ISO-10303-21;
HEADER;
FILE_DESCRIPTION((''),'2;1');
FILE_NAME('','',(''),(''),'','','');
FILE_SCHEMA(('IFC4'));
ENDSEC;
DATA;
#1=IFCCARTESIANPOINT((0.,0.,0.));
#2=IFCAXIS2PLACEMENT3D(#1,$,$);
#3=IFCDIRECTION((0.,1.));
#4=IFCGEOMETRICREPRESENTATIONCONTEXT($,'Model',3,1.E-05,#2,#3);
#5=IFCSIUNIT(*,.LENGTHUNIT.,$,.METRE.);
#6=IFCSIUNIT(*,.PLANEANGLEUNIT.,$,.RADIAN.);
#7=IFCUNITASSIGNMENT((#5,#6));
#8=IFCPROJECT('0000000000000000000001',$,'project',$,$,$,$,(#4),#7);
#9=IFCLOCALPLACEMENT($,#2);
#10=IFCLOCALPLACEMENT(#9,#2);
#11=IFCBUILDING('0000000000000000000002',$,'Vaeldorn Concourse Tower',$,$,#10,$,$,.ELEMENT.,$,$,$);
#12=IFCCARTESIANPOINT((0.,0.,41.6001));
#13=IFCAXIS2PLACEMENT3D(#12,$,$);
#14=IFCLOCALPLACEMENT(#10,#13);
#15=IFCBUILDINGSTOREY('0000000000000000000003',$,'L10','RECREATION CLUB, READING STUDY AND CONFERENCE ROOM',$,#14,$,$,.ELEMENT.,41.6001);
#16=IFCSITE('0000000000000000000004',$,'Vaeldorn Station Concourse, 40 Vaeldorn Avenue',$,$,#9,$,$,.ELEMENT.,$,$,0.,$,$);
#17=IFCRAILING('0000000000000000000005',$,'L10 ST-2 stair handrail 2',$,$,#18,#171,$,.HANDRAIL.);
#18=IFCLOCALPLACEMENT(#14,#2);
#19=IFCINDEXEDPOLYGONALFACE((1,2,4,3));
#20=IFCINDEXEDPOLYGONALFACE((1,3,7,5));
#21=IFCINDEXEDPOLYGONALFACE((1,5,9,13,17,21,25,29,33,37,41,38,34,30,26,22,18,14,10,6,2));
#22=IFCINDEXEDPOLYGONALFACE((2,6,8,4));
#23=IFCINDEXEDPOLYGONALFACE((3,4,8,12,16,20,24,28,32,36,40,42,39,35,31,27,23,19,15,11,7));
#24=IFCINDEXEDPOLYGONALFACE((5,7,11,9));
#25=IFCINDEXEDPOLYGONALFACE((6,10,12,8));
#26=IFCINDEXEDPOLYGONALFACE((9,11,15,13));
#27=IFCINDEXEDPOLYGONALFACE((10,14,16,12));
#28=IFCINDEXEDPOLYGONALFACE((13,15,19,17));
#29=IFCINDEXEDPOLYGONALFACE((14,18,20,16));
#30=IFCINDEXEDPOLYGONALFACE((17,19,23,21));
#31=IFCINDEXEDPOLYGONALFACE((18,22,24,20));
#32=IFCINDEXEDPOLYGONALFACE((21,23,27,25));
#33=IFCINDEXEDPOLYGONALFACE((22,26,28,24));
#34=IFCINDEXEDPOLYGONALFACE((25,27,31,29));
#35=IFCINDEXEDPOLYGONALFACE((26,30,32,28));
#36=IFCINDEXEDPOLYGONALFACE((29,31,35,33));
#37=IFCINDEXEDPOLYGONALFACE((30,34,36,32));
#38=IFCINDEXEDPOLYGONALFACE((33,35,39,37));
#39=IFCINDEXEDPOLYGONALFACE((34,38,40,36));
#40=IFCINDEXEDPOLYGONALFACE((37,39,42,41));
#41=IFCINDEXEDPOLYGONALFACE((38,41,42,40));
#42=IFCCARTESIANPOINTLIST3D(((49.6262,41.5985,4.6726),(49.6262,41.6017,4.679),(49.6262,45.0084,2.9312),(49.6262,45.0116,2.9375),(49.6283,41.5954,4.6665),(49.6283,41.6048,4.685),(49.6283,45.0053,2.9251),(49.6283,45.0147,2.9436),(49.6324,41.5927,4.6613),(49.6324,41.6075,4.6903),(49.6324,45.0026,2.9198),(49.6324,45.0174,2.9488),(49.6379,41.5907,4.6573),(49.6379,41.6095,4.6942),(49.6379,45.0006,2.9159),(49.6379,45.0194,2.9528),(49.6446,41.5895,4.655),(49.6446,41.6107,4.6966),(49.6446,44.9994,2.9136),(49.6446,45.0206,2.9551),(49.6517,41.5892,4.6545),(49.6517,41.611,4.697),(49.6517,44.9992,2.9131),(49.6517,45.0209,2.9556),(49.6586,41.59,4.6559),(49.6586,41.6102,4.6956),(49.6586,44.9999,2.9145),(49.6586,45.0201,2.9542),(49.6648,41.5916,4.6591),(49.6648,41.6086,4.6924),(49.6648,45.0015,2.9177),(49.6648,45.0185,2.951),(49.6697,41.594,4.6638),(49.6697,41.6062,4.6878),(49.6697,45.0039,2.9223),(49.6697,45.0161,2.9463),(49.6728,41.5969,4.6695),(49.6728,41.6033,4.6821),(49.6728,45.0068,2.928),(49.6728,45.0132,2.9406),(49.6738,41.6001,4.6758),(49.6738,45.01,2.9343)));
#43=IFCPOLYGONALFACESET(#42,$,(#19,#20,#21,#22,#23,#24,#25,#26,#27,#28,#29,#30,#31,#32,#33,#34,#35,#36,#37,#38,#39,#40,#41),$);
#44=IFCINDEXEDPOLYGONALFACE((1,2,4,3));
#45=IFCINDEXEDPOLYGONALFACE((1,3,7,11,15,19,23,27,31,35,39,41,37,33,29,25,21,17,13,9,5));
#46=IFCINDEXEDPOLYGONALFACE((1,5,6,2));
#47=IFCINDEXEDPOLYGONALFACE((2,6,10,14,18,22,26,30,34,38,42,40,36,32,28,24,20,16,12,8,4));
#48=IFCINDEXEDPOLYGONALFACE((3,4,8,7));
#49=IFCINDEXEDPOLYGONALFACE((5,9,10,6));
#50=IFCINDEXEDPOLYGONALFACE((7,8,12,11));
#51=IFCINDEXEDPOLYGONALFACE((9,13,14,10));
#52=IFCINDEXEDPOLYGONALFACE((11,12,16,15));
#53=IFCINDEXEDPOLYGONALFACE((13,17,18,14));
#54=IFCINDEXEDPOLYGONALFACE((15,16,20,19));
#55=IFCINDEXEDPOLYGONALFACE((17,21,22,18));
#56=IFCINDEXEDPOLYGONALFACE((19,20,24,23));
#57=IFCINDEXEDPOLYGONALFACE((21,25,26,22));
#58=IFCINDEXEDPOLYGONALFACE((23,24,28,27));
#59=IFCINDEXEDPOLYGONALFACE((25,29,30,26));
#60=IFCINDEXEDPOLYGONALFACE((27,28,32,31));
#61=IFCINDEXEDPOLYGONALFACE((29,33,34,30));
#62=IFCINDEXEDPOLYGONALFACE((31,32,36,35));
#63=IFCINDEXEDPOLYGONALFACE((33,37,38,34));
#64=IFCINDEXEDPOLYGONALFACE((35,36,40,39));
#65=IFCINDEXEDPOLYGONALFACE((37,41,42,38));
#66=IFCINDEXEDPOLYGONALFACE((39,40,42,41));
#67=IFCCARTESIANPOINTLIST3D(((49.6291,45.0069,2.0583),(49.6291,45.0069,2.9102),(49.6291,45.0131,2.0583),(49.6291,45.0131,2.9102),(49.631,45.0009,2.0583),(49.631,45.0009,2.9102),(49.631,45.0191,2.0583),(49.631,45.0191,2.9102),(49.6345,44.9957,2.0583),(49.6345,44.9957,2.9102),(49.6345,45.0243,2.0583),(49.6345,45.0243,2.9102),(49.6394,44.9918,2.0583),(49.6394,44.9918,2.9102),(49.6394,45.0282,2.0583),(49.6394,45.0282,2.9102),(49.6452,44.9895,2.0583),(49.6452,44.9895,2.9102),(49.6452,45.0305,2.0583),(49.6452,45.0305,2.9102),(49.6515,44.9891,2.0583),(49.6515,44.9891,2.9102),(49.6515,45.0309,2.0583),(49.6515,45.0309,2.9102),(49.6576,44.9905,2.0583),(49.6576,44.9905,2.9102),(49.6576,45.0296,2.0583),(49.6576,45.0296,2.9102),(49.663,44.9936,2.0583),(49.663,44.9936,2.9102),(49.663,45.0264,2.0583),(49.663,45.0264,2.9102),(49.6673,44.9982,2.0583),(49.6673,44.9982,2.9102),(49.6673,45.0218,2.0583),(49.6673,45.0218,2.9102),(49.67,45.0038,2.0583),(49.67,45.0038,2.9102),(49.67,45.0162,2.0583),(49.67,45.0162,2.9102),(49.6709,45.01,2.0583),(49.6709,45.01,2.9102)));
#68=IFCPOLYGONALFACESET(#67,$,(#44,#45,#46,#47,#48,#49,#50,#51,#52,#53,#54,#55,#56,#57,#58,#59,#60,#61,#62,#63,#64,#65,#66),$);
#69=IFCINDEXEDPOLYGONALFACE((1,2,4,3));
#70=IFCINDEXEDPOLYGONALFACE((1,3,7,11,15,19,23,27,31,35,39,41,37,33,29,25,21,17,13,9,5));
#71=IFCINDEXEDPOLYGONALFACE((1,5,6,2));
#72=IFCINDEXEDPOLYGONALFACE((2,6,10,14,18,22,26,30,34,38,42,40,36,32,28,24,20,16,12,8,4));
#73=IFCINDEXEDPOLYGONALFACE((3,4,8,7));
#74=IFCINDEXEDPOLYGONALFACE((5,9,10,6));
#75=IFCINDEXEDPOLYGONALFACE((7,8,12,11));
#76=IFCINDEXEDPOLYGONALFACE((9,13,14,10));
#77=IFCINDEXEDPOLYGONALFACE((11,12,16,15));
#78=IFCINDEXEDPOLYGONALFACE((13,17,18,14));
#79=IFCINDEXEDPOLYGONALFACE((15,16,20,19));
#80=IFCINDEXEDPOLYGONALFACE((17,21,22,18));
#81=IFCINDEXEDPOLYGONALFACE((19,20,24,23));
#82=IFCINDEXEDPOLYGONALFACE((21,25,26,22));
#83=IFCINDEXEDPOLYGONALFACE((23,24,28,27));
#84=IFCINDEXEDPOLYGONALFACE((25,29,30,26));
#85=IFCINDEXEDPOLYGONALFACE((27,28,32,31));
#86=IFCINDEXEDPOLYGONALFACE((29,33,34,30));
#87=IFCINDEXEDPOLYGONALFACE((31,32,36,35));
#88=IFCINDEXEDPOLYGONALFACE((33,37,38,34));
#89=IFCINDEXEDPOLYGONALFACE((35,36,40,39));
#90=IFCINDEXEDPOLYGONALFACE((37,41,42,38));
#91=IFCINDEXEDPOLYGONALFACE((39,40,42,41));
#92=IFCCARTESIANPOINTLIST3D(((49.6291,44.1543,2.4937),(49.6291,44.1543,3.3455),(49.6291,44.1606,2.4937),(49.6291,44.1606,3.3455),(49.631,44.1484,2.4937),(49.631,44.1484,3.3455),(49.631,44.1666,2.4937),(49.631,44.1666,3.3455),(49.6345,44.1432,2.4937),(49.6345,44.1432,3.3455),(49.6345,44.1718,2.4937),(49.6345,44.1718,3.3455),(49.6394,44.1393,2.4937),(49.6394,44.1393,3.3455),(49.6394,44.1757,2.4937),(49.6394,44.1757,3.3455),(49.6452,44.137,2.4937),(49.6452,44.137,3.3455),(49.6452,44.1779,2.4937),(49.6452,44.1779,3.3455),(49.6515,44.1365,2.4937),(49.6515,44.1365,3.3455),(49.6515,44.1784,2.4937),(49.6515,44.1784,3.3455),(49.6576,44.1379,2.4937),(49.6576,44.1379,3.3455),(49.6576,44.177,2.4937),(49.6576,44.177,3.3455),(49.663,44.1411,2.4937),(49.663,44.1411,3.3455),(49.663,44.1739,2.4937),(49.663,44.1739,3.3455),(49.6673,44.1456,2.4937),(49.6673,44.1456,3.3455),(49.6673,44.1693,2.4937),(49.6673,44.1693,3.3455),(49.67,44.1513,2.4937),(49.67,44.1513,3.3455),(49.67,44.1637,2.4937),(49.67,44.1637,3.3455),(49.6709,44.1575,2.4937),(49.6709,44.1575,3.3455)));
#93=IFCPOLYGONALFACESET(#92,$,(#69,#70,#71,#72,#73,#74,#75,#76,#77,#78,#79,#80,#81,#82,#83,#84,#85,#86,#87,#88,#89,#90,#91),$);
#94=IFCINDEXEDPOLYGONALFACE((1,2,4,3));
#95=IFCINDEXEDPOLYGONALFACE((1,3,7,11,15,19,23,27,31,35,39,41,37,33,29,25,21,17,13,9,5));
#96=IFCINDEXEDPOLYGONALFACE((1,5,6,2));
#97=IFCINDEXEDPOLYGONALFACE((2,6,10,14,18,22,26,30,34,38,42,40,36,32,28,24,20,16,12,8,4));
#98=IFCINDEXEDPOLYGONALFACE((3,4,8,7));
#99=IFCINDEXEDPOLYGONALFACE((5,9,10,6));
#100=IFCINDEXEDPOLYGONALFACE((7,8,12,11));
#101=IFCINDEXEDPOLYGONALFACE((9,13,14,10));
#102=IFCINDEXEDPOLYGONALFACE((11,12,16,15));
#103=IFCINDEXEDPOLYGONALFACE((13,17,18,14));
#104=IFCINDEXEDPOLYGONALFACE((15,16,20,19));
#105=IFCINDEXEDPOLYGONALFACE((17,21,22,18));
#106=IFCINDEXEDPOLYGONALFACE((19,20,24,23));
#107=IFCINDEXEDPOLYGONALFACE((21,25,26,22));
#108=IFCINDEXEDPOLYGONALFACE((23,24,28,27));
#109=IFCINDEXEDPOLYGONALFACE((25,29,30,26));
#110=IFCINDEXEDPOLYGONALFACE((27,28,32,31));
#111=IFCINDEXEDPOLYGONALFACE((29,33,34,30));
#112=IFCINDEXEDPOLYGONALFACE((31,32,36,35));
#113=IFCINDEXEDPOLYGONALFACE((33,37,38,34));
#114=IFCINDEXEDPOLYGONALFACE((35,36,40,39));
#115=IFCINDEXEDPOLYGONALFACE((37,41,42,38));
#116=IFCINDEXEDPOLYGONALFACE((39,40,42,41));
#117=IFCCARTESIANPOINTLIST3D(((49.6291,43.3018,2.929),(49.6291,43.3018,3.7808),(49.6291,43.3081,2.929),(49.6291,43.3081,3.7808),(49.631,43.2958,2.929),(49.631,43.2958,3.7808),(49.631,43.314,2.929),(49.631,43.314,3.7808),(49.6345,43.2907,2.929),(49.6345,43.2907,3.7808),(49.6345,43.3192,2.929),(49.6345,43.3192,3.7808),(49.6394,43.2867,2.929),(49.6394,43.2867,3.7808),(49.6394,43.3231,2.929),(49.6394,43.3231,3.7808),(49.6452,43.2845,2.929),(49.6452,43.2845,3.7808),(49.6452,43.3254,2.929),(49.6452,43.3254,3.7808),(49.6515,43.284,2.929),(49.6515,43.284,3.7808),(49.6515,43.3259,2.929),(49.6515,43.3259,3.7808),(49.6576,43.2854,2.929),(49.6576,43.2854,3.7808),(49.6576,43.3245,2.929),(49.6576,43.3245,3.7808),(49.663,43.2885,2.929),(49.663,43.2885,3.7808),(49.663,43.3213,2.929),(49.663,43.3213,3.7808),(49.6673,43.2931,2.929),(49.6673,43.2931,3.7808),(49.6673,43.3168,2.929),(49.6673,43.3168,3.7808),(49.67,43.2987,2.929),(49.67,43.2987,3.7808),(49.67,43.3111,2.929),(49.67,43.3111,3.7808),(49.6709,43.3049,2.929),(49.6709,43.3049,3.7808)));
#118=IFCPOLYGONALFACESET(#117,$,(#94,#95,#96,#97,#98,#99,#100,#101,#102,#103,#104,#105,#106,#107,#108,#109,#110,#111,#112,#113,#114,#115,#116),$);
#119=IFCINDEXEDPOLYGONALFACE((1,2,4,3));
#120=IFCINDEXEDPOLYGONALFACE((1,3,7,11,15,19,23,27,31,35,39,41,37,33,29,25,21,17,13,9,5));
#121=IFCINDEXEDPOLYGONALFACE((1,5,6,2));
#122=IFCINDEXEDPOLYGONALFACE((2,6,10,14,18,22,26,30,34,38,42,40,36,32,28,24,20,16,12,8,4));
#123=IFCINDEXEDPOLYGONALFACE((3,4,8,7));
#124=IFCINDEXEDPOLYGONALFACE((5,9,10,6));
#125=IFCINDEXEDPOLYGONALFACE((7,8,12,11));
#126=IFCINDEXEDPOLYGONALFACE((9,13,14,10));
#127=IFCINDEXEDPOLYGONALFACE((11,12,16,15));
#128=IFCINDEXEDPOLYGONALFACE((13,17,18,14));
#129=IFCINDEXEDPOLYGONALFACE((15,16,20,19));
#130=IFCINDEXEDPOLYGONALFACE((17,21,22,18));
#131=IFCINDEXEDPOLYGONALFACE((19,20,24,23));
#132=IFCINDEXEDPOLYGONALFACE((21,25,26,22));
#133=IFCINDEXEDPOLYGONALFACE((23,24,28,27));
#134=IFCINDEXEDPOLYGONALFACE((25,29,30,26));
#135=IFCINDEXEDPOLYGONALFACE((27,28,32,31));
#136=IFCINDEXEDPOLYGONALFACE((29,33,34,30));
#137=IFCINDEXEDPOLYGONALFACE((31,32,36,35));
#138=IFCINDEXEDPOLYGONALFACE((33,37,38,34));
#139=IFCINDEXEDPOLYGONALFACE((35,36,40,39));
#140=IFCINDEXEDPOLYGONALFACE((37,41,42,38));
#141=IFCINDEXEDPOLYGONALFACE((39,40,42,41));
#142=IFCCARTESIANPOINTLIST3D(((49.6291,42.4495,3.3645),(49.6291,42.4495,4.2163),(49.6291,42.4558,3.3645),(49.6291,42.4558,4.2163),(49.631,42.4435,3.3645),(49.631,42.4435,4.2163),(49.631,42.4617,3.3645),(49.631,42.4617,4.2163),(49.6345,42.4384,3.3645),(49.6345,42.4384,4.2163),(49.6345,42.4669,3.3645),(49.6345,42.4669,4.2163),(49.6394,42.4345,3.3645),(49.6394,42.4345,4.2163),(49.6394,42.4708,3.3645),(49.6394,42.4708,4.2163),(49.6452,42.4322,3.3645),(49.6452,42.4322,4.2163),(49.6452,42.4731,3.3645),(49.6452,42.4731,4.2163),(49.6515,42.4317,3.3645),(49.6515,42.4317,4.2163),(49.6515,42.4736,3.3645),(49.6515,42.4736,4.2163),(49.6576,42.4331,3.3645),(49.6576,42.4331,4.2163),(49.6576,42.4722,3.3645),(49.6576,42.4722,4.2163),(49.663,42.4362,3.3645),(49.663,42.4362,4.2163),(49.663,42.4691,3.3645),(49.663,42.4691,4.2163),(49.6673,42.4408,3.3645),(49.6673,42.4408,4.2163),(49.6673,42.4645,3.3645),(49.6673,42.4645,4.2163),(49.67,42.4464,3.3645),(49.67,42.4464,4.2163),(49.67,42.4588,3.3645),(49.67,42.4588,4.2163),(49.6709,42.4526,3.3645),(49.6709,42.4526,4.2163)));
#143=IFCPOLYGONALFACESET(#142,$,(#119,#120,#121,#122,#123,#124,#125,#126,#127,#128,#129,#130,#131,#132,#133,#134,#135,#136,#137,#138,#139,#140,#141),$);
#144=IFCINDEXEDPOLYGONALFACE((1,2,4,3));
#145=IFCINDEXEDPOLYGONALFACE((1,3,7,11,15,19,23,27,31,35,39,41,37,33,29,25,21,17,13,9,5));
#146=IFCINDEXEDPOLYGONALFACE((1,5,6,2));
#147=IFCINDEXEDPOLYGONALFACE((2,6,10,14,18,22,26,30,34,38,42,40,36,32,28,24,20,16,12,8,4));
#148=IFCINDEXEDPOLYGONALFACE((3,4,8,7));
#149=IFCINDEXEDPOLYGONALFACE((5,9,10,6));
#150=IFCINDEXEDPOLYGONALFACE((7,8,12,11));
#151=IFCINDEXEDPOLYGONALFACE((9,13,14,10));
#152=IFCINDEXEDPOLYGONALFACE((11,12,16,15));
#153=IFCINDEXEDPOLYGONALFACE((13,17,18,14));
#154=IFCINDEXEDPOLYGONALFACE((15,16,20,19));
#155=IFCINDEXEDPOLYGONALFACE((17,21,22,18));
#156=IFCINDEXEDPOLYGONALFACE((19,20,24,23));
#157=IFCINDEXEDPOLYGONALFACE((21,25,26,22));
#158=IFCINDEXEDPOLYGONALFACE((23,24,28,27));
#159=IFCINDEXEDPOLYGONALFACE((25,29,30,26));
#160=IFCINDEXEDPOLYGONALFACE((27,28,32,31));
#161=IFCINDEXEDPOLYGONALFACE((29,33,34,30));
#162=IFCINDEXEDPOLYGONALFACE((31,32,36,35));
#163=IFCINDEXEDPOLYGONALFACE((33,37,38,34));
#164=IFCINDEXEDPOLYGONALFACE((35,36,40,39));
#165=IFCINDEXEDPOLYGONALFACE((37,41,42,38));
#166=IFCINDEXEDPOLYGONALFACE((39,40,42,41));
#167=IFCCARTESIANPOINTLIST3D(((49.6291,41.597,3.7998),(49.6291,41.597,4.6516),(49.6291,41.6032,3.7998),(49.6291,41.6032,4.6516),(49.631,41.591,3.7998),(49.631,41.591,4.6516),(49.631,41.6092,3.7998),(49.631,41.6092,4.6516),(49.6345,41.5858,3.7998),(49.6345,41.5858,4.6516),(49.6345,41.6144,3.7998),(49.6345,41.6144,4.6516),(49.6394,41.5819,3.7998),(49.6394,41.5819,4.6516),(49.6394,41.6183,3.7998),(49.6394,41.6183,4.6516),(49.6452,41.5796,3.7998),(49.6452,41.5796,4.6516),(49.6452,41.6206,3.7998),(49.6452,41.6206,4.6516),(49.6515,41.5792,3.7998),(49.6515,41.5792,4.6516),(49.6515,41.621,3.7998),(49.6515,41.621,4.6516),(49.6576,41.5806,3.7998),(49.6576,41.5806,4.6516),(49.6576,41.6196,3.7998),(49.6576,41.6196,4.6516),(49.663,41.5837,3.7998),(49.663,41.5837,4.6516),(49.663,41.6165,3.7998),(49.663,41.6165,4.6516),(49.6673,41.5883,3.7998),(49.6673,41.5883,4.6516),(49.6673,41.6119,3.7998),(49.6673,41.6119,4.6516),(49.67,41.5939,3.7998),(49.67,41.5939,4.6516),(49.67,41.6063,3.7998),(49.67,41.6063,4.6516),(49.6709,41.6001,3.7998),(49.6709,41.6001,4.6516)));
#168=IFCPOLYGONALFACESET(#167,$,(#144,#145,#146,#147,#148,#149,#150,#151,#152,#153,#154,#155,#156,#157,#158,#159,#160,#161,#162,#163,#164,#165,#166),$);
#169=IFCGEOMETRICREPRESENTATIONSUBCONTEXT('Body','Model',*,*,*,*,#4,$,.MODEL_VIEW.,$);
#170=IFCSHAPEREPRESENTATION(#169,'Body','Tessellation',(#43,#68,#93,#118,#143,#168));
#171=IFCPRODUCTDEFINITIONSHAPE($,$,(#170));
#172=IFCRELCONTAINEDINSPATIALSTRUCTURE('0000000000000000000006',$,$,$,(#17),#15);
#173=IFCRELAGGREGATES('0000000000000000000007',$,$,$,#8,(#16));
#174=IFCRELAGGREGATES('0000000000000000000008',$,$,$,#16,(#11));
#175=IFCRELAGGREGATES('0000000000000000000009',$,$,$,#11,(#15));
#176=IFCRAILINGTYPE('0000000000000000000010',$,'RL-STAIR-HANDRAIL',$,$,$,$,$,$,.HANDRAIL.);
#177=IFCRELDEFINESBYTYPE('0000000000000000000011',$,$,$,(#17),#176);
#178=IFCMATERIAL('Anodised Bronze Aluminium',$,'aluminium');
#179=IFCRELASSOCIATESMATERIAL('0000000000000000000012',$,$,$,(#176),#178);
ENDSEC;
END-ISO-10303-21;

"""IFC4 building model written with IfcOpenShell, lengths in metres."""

from ifc_helpers import new_model, si_unit, direction, frame, origin, origin_2d, place, context, subcontext, project, spatial, circle, extrude, material, type_object, element, save


model = new_model("IFC4")

# Units and contexts
model_context = context("Model", 3, precision=1e-05, world=origin(), true_north=direction((0.0, 1.0)))
body_context = subcontext(model_context, "Body", "Model", "MODEL_VIEW")
ifc_project = project(units=[si_unit("LENGTHUNIT", "METRE"), si_unit("PLANEANGLEUNIT", "RADIAN")], contexts=[model_context])

# Site, building, storey
site_placement = place(None, origin())
site = spatial("IfcSite", under=ifc_project, at=site_placement, Name="Vaeldorn Station Concourse, 40 Vaeldorn Avenue", CompositionType="ELEMENT", RefElevation=0.0)
building_placement = place(site_placement, origin())
building = spatial("IfcBuilding", under=site, at=building_placement, Name="Vaeldorn Concourse Tower", CompositionType="ELEMENT")
storey_placement = place(building_placement, frame((0.0, 0.0, 41.6001)))
storey = spatial("IfcBuildingStorey", under=building, at=storey_placement, Name="L10", Description="RECREATION CLUB, READING STUDY AND CONFERENCE ROOM", CompositionType="ELEMENT", Elevation=41.6001)

# Shared definitions
ifc_material_1 = material(Name="Anodised Bronze Aluminium", Category="aluminium")

# Railing
railing_type_1 = type_object("IfcRailingType", Name="RL-STAIR-HANDRAIL", PredefinedType="HANDRAIL", material=ifc_material_1)
railing_1_placement = place(storey_placement, frame((49.6499, 45.01, 2.0583)))
element("IfcRailing", 1, at=railing_1_placement, inside=storey, type_object=railing_type_1, Name="L10 ST-2 stair handrail 2", PredefinedType="HANDRAIL", context=body_context, shape_type="SweptSolid", body=[
    extrude(circle(Radius=0.0239, at=origin_2d()), frame((0.0, 0.0, 0.876), z_axis=(0.0, -0.890582, 0.454823), x_axis=(1.0, 0.0, 0.0)), (0.0, 0.0, 1.0), 3.8289),
    extrude(circle(Radius=0.021, at=origin_2d()), origin(), (0.0, 0.0, 1.0), 0.8518),
    extrude(circle(Radius=0.021, at=origin_2d()), frame((0.0, -0.8525, 0.4353)), (0.0, 0.0, 1.0), 0.8518),
    extrude(circle(Radius=0.021, at=origin_2d()), frame((0.0, -1.7051, 0.8706)), (0.0, 0.0, 1.0), 0.8518),
    extrude(circle(Radius=0.021, at=origin_2d()), frame((0.0, -2.5574, 1.3062)), (0.0, 0.0, 1.0), 0.8518),
    extrude(circle(Radius=0.021, at=origin_2d()), frame((0.0, -3.4099, 1.7415)), (0.0, 0.0, 1.0), 0.8518),
])

save(model, "model.ifc")
